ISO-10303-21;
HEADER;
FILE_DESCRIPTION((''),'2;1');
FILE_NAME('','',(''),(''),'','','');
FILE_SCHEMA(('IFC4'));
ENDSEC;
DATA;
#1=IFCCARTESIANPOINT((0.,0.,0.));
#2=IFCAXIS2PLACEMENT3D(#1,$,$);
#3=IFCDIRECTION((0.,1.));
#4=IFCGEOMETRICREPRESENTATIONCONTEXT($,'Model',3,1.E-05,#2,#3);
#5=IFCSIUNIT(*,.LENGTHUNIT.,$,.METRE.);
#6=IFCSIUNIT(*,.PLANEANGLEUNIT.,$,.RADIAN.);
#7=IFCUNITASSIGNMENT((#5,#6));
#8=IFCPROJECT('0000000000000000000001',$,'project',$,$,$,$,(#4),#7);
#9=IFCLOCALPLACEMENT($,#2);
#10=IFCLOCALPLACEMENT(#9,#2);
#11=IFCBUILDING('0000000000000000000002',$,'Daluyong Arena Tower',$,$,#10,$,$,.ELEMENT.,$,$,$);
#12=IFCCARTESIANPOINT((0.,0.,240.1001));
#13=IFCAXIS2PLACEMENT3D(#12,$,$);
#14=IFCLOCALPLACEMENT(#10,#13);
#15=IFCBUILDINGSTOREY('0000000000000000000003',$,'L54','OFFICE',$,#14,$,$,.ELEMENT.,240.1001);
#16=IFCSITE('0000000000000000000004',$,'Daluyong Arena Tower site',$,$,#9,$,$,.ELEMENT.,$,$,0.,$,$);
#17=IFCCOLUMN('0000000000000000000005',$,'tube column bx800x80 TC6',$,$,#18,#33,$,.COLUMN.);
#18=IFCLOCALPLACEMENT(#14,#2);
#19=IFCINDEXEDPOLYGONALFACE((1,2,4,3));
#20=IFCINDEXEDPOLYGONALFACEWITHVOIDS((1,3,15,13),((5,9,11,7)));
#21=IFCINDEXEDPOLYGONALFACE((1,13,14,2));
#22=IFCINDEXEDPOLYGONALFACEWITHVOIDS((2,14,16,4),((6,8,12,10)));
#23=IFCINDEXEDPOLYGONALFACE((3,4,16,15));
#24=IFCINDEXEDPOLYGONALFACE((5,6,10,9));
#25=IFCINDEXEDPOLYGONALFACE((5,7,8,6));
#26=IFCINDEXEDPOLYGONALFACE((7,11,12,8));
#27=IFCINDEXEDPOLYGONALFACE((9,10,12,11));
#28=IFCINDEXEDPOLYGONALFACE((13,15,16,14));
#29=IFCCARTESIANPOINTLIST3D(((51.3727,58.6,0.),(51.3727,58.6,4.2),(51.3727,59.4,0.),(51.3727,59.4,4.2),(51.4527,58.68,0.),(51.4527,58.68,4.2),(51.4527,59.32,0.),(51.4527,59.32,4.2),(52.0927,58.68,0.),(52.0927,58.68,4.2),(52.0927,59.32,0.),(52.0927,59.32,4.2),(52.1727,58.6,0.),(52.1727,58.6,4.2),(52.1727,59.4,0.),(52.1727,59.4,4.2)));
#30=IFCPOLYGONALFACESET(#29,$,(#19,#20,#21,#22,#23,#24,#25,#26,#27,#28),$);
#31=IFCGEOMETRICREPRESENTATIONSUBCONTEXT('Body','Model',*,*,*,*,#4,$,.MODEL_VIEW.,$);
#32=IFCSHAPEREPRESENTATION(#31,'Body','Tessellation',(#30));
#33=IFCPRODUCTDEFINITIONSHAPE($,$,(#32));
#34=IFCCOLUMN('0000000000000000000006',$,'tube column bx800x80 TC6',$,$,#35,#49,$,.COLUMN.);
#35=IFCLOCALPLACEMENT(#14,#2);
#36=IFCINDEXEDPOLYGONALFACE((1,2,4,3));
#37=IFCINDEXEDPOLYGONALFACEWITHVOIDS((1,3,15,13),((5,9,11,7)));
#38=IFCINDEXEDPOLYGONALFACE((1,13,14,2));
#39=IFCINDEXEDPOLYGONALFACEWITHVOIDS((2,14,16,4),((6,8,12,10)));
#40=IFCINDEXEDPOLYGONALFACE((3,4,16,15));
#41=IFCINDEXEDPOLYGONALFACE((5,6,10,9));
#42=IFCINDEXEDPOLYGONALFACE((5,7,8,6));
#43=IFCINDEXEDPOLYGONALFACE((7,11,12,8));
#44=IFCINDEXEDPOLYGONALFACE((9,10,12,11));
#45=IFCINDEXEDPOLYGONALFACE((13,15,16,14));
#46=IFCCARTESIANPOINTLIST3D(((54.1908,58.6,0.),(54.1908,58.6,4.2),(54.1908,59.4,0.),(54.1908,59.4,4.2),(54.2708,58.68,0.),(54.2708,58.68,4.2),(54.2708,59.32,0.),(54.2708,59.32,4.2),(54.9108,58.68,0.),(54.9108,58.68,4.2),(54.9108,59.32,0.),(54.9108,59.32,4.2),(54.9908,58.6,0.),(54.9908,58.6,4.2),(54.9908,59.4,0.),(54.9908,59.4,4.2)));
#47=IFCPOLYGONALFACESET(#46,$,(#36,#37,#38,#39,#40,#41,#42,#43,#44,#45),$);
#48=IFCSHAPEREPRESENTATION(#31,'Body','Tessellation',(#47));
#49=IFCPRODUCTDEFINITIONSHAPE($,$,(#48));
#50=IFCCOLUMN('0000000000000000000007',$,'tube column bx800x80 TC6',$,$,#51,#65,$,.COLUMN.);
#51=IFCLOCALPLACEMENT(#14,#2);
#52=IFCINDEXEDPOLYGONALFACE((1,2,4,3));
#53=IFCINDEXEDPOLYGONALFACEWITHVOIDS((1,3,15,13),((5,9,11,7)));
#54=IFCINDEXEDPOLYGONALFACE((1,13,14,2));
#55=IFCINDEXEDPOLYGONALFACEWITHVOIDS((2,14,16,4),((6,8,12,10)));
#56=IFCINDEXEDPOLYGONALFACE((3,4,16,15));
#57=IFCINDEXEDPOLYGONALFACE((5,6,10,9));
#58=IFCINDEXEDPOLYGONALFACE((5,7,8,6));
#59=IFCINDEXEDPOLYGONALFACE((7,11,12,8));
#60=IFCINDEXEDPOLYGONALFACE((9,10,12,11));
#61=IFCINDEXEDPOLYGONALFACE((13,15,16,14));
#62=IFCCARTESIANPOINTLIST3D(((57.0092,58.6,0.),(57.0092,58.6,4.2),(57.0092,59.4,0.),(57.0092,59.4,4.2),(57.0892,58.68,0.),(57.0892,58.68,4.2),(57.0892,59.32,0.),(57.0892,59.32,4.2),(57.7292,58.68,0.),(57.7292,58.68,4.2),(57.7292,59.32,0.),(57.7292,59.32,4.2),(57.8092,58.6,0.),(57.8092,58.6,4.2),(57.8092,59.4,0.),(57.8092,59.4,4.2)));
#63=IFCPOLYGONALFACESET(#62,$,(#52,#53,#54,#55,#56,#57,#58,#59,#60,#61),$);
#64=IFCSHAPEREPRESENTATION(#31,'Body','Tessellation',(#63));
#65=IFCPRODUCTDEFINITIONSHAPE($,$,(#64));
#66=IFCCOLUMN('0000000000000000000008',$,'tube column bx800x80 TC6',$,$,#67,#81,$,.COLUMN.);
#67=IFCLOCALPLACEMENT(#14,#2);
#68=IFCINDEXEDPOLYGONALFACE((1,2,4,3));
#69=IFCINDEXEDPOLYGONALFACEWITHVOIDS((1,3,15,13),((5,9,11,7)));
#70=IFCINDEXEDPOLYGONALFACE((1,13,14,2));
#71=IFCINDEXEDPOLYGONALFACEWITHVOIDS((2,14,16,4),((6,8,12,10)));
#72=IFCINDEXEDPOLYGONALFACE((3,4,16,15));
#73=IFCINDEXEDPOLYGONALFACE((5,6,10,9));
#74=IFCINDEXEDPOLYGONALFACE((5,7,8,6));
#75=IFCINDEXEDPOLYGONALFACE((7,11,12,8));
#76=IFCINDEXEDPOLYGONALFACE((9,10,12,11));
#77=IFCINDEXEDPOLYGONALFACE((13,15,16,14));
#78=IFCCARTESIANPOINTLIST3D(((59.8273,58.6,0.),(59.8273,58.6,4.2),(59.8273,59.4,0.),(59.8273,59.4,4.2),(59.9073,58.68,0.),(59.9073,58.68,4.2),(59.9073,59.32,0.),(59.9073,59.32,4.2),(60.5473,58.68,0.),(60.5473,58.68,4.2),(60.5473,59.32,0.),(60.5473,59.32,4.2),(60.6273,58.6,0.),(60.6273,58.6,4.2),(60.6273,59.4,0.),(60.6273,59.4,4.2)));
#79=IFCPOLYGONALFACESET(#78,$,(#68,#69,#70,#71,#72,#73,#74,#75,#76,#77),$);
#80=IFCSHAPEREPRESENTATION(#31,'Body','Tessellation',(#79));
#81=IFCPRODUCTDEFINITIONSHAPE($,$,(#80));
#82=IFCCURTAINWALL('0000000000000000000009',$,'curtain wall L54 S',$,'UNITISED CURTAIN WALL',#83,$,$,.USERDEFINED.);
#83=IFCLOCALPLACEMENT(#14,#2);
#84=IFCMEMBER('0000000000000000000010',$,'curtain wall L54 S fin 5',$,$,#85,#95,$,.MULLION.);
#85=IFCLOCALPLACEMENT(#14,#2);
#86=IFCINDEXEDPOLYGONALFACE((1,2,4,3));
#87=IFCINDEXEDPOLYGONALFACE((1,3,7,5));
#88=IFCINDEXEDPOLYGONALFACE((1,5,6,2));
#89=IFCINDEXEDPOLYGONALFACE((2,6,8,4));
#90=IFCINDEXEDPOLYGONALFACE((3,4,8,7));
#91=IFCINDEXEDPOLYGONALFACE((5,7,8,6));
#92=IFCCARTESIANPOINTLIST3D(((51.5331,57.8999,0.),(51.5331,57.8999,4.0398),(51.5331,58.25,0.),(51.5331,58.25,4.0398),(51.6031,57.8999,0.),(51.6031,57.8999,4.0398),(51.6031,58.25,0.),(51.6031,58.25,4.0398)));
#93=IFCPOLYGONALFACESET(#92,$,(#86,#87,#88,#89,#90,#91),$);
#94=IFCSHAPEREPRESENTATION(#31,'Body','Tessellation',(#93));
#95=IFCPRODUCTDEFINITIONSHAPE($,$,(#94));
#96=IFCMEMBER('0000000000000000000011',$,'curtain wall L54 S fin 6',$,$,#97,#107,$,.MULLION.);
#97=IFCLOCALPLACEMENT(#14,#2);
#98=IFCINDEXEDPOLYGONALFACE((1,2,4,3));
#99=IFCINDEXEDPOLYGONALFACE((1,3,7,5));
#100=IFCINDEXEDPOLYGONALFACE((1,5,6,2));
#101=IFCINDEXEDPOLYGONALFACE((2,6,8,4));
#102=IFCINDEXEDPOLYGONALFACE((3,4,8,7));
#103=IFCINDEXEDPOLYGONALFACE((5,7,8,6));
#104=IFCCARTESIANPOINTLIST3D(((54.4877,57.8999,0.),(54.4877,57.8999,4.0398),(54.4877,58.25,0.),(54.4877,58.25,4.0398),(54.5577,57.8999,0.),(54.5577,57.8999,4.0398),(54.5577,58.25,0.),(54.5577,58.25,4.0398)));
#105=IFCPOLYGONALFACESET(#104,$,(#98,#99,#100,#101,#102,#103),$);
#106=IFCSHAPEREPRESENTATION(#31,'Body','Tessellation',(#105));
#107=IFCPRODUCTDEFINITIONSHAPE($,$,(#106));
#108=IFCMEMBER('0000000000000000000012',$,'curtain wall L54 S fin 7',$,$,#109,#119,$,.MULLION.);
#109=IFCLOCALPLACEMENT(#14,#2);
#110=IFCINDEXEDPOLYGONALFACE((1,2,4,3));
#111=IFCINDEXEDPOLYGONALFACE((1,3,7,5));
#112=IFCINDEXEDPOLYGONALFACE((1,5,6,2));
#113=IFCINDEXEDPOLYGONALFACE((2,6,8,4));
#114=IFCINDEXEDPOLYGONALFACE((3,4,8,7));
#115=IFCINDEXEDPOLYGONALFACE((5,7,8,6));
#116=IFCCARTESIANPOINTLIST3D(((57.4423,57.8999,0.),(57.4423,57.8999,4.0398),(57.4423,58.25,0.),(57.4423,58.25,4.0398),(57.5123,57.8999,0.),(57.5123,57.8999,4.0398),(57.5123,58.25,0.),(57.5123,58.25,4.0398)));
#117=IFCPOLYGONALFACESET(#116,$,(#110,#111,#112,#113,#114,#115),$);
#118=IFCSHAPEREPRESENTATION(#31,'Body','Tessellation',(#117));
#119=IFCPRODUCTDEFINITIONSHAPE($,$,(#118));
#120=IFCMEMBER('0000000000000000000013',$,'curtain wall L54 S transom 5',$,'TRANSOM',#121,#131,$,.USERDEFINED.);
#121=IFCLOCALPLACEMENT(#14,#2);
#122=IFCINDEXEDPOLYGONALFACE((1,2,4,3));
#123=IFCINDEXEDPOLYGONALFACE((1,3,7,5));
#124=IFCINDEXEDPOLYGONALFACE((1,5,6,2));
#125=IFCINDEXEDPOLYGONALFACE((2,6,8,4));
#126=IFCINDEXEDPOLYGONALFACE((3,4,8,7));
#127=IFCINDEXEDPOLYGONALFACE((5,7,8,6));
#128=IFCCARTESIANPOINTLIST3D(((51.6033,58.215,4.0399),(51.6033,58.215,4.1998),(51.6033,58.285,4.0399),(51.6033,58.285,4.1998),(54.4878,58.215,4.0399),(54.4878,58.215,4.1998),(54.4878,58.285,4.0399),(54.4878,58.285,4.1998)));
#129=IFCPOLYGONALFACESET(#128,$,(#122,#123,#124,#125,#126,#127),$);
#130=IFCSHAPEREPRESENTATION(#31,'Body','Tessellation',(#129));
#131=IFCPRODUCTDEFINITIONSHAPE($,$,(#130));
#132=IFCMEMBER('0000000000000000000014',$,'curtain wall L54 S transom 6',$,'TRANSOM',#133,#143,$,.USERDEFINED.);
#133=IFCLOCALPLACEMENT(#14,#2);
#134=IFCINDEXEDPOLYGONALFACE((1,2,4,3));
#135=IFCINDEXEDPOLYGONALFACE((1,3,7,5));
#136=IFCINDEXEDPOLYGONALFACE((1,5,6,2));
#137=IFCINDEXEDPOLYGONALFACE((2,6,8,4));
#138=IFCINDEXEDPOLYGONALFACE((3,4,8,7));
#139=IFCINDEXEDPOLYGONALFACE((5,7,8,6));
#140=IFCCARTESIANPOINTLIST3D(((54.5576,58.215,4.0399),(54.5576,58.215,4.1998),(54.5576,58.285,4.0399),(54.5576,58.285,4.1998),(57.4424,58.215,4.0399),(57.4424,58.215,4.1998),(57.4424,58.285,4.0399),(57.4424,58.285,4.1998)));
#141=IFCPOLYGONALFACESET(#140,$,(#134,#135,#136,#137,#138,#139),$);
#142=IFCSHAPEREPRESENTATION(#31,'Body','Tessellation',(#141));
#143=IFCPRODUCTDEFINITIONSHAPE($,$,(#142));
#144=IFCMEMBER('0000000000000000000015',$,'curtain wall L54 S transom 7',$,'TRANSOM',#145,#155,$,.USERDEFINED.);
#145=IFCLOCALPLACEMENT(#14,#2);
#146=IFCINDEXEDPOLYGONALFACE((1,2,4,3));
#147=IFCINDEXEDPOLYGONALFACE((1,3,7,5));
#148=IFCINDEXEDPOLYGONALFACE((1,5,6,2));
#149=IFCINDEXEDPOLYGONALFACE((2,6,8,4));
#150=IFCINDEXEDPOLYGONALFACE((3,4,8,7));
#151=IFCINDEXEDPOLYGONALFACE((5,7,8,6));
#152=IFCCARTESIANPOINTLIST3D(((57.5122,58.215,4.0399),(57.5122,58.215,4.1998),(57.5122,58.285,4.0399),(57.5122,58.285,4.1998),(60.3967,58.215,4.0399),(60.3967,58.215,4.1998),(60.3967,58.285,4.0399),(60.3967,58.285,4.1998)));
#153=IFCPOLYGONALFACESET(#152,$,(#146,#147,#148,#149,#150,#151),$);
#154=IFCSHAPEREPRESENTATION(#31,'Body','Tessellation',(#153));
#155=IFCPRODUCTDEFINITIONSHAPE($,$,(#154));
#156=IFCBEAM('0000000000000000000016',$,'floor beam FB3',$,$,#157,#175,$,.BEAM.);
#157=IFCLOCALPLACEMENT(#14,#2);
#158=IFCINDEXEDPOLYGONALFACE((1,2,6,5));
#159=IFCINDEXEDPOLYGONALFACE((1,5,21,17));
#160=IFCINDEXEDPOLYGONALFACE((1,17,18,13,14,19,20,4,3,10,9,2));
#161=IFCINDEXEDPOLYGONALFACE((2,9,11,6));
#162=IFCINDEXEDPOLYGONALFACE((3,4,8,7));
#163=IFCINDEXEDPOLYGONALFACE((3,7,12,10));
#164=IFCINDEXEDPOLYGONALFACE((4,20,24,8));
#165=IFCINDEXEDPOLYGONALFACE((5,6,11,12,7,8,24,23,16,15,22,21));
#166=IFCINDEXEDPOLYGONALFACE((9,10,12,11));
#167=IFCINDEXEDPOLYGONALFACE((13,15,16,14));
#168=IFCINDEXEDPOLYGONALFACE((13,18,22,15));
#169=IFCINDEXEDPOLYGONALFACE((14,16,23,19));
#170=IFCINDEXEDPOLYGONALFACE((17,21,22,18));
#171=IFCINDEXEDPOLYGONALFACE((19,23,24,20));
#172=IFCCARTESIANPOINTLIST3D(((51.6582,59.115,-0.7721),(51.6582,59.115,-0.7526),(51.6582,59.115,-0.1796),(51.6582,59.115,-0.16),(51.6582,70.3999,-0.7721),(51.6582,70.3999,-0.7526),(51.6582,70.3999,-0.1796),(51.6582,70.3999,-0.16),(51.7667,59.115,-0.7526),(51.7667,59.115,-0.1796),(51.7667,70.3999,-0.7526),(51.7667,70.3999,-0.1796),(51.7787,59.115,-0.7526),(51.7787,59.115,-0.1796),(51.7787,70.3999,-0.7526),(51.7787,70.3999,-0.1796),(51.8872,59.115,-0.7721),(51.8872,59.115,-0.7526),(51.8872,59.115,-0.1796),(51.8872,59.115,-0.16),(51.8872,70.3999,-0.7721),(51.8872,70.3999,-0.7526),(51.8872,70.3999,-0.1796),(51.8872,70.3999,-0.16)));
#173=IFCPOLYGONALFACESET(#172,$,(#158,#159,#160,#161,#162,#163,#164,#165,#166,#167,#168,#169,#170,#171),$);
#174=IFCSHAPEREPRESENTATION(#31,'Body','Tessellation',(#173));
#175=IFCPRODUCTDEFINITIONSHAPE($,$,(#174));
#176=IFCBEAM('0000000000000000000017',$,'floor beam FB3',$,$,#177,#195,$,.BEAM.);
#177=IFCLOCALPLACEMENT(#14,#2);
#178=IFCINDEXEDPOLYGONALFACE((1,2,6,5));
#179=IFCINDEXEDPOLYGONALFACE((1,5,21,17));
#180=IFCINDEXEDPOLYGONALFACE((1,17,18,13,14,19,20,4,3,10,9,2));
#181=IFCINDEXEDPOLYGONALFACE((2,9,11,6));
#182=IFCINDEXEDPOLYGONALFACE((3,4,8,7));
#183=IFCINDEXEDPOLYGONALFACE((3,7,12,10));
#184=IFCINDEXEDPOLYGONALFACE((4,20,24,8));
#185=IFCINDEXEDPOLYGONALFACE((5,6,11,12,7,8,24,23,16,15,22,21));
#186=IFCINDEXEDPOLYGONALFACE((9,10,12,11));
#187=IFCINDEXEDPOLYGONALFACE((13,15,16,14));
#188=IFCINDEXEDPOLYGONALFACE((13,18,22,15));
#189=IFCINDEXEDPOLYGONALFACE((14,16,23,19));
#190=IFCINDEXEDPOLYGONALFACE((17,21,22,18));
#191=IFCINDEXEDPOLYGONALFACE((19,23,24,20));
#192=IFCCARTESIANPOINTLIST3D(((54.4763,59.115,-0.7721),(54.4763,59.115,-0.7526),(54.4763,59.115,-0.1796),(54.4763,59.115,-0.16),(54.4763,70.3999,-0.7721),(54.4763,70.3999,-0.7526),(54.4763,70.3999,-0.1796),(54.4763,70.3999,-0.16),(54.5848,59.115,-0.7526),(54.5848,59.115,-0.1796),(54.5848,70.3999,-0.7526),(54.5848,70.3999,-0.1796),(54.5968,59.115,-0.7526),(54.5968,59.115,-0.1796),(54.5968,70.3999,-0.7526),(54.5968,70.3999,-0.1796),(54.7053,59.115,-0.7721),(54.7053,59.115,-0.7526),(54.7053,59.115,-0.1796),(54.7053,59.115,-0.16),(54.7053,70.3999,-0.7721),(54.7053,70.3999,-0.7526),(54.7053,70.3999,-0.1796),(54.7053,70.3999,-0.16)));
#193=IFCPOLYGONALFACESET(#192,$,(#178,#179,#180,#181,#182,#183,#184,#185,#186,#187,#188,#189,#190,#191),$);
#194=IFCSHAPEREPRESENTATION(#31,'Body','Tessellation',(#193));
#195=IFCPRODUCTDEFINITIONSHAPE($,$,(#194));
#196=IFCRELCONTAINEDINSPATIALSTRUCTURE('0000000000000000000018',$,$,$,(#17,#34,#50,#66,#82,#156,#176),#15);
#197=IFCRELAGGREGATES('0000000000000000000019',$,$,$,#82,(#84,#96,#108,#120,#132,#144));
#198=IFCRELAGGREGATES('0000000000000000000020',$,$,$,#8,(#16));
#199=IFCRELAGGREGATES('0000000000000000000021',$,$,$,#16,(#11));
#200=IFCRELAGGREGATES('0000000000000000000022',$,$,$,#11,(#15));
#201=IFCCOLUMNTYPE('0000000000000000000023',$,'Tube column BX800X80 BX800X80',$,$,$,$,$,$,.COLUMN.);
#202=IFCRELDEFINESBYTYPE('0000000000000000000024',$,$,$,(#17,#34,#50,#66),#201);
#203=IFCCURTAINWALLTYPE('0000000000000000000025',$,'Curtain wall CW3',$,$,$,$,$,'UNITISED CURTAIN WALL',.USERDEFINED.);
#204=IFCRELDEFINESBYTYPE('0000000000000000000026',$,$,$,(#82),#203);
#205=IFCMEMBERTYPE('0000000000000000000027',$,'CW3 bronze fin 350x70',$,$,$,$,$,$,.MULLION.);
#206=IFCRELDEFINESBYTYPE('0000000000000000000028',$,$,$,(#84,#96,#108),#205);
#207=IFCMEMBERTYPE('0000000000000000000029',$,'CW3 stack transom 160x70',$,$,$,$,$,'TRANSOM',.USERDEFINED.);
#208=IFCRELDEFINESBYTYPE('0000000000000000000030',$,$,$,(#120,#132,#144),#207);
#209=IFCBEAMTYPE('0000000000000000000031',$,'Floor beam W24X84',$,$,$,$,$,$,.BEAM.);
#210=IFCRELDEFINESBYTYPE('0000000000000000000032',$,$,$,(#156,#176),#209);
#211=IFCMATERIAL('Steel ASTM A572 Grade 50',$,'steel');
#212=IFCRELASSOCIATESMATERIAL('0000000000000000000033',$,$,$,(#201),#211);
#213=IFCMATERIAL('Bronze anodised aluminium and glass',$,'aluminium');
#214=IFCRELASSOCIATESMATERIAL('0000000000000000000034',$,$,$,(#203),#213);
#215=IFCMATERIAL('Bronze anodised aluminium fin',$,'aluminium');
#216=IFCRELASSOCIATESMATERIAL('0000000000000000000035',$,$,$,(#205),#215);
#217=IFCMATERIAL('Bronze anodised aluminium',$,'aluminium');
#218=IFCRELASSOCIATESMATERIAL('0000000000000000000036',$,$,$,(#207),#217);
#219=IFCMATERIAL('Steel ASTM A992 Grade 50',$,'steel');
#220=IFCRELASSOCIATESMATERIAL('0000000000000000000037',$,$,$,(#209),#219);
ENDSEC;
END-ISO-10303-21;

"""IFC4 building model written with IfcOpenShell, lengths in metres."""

from ifc_helpers import new_model, si_unit, direction, frame, origin, origin_2d, place, context, subcontext, project, spatial, rectangle, hollow_rectangle, i_section, extrude, material, material_profile, profile_set, type_object, element, aggregate, save


model = new_model("IFC4")

# Units and contexts
model_context = context("Model", 3, precision=1e-05, world=origin(), true_north=direction((0.0, 1.0)))
body_context = subcontext(model_context, "Body", "Model", "MODEL_VIEW")
ifc_project = project(units=[si_unit("LENGTHUNIT", "METRE"), si_unit("PLANEANGLEUNIT", "RADIAN")], contexts=[model_context])

# Site, building, storey
site_placement = place(None, origin())
site = spatial("IfcSite", under=ifc_project, at=site_placement, Name="Daluyong Arena Tower site", CompositionType="ELEMENT", RefElevation=0.0)
building_placement = place(site_placement, origin())
building = spatial("IfcBuilding", under=site, at=building_placement, Name="Daluyong Arena Tower", CompositionType="ELEMENT")
storey_placement = place(building_placement, frame((0.0, 0.0, 240.1001)))
storey = spatial("IfcBuildingStorey", under=building, at=storey_placement, Name="L54", Description="OFFICE", CompositionType="ELEMENT", Elevation=240.1001)

# Columns
ifc_material_1 = material(Name="Steel ASTM A572 Grade 50", Category="steel")
ifc_material_profile_1 = material_profile(ifc_material_1, hollow_rectangle(XDim=0.8, YDim=0.8, WallThickness=0.08, at=origin_2d()))
ifc_profile_set_1 = profile_set([ifc_material_profile_1], Name="Steel ASTM A572 Grade 50")
column_type = type_object("IfcColumnType", Name="Tube column BX800X80 BX800X80", PredefinedType="COLUMN", material=ifc_profile_set_1)
for number, where, z_axis, x_axis, name in (
    (1, (51.7727, 59.0, 0.0), (0.0, 0.0, 1.0), (1.0, 0.0, 0.0), "tube column bx800x80 TC6"),
    (2, (54.5908, 59.0, 0.0), (0.0, 0.0, 1.0), (1.0, 0.0, 0.0), "tube column bx800x80 TC6"),
    (3, (57.4092, 59.0, 0.0), (0.0, 0.0, 1.0), (1.0, 0.0, 0.0), "tube column bx800x80 TC6"),
    (4, (60.2273, 59.0, 0.0), (0.0, 0.0, 1.0), (1.0, 0.0, 0.0), "tube column bx800x80 TC6"),
):
    element("IfcColumn", number, at=place(storey_placement, frame(where, z_axis=z_axis, x_axis=x_axis)), inside=storey, type_object=column_type, Name=name, PredefinedType="COLUMN", context=body_context, shape_type="SweptSolid", body=[
        extrude(hollow_rectangle(XDim=0.8, YDim=0.8, WallThickness=0.08, at=origin_2d()), origin(), (0.0, 0.0, 1.0), 4.2),
    ])

# Curtain wall, members
ifc_material_2 = material(Name="Bronze anodised aluminium and glass", Category="aluminium")
curtain_wall_type = type_object("IfcCurtainWallType", Name="Curtain wall CW3", ElementType="UNITISED CURTAIN WALL", PredefinedType="USERDEFINED", material=ifc_material_2)
curtain_wall_placement = place(storey_placement, origin())
curtain_wall = element("IfcCurtainWall", 5, at=curtain_wall_placement, inside=storey, type_object=curtain_wall_type, Name="curtain wall L54 S", ObjectType="UNITISED CURTAIN WALL", PredefinedType="USERDEFINED")
ifc_material_3 = material(Name="Bronze anodised aluminium fin", Category="aluminium")
ifc_material_profile_2 = material_profile(ifc_material_3, rectangle(XDim=0.3501, YDim=0.0701, at=origin_2d()))
ifc_profile_set_2 = profile_set([ifc_material_profile_2], Name="Bronze anodised aluminium fin")
member_type_1 = type_object("IfcMemberType", Name="CW3 bronze fin 350x70", PredefinedType="MULLION", material=ifc_profile_set_2)
member_1_placement = place(storey_placement, frame((51.5681, 58.075, 0.0), z_axis=(0.0, 0.0, 1.0), x_axis=(0.0, 1.0, 0.0)))
member_1 = element("IfcMember", 6, at=member_1_placement, type_object=member_type_1, Name="curtain wall L54 S fin 5", PredefinedType="MULLION", context=body_context, shape_type="SweptSolid", body=[
    extrude(rectangle(XDim=0.3501, YDim=0.0701, at=origin_2d()), origin(), (0.0, 0.0, 1.0), 4.0398),
])
member_2_placement = place(storey_placement, frame((54.5227, 58.075, 0.0), z_axis=(0.0, 0.0, 1.0), x_axis=(0.0, 1.0, 0.0)))
member_2 = element("IfcMember", 7, at=member_2_placement, type_object=member_type_1, Name="curtain wall L54 S fin 6", PredefinedType="MULLION", context=body_context, shape_type="SweptSolid", body=[
    extrude(rectangle(XDim=0.3501, YDim=0.0701, at=origin_2d()), origin(), (0.0, 0.0, 1.0), 4.0398),
])
member_3_placement = place(storey_placement, frame((57.4773, 58.075, 0.0), z_axis=(0.0, 0.0, 1.0), x_axis=(0.0, 1.0, 0.0)))
member_3 = element("IfcMember", 8, at=member_3_placement, type_object=member_type_1, Name="curtain wall L54 S fin 7", PredefinedType="MULLION", context=body_context, shape_type="SweptSolid", body=[
    extrude(rectangle(XDim=0.3501, YDim=0.0701, at=origin_2d()), origin(), (0.0, 0.0, 1.0), 4.0398),
])
ifc_material_4 = material(Name="Bronze anodised aluminium", Category="aluminium")
ifc_material_profile_3 = material_profile(ifc_material_4, rectangle(XDim=0.0701, YDim=0.1599, at=origin_2d()))
ifc_profile_set_3 = profile_set([ifc_material_profile_3], Name="Bronze anodised aluminium")
member_type_2 = type_object("IfcMemberType", Name="CW3 stack transom 160x70", ElementType="TRANSOM", PredefinedType="USERDEFINED", material=ifc_profile_set_3)
member_4_placement = place(storey_placement, frame((51.6033, 58.25, 4.1199), z_axis=(1.0, 0.0, 0.0), x_axis=(0.0, 1.0, 0.0)))
member_4 = element("IfcMember", 9, at=member_4_placement, type_object=member_type_2, Name="curtain wall L54 S transom 5", ObjectType="TRANSOM", PredefinedType="USERDEFINED", context=body_context, shape_type="SweptSolid", body=[
    extrude(rectangle(XDim=0.0701, YDim=0.1599, at=origin_2d()), origin(), (0.0, 0.0, 1.0), 2.8845),
])
member_5_placement = place(storey_placement, frame((54.5576, 58.25, 4.1199), z_axis=(1.0, 0.0, 0.0), x_axis=(0.0, 1.0, 0.0)))
member_5 = element("IfcMember", 10, at=member_5_placement, type_object=member_type_2, Name="curtain wall L54 S transom 6", ObjectType="TRANSOM", PredefinedType="USERDEFINED", context=body_context, shape_type="SweptSolid", body=[
    extrude(rectangle(XDim=0.0701, YDim=0.1599, at=origin_2d()), origin(), (0.0, 0.0, 1.0), 2.8848),
])
member_6_placement = place(storey_placement, frame((57.5122, 58.25, 4.1199), z_axis=(1.0, 0.0, 0.0), x_axis=(0.0, 1.0, 0.0)))
member_6 = element("IfcMember", 11, at=member_6_placement, type_object=member_type_2, Name="curtain wall L54 S transom 7", ObjectType="TRANSOM", PredefinedType="USERDEFINED", context=body_context, shape_type="SweptSolid", body=[
    extrude(rectangle(XDim=0.0701, YDim=0.1599, at=origin_2d()), origin(), (0.0, 0.0, 1.0), 2.8845),
])

# Beams
ifc_material_5 = material(Name="Steel ASTM A992 Grade 50", Category="steel")
ifc_material_profile_4 = material_profile(ifc_material_5, i_section(OverallWidth=0.229, OverallDepth=0.6121, WebThickness=0.012, FlangeThickness=0.0195, at=origin_2d()))
ifc_profile_set_4 = profile_set([ifc_material_profile_4], Name="Steel ASTM A992 Grade 50")
beam_type_1 = type_object("IfcBeamType", Name="Floor beam W24X84", PredefinedType="BEAM", material=ifc_profile_set_4)
for number, where, z_axis, x_axis, name in (
    (12, (51.7727, 59.115, -0.4661), (0.0, 1.0, 0.0), (-1.0, 0.0, 0.0), "floor beam FB3"),
    (13, (54.5908, 59.115, -0.4661), (0.0, 1.0, 0.0), (-1.0, 0.0, 0.0), "floor beam FB3"),
):
    element("IfcBeam", number, at=place(storey_placement, frame(where, z_axis=z_axis, x_axis=x_axis)), inside=storey, type_object=beam_type_1, Name=name, PredefinedType="BEAM", context=body_context, shape_type="SweptSolid", body=[
        extrude(i_section(OverallWidth=0.229, OverallDepth=0.6121, WebThickness=0.012, FlangeThickness=0.0195, at=origin_2d()), origin(), (0.0, 0.0, 1.0), 11.2849),
    ])

aggregate(curtain_wall, [member_1, member_2, member_3, member_4, member_5, member_6])

save(model, "model.ifc")
